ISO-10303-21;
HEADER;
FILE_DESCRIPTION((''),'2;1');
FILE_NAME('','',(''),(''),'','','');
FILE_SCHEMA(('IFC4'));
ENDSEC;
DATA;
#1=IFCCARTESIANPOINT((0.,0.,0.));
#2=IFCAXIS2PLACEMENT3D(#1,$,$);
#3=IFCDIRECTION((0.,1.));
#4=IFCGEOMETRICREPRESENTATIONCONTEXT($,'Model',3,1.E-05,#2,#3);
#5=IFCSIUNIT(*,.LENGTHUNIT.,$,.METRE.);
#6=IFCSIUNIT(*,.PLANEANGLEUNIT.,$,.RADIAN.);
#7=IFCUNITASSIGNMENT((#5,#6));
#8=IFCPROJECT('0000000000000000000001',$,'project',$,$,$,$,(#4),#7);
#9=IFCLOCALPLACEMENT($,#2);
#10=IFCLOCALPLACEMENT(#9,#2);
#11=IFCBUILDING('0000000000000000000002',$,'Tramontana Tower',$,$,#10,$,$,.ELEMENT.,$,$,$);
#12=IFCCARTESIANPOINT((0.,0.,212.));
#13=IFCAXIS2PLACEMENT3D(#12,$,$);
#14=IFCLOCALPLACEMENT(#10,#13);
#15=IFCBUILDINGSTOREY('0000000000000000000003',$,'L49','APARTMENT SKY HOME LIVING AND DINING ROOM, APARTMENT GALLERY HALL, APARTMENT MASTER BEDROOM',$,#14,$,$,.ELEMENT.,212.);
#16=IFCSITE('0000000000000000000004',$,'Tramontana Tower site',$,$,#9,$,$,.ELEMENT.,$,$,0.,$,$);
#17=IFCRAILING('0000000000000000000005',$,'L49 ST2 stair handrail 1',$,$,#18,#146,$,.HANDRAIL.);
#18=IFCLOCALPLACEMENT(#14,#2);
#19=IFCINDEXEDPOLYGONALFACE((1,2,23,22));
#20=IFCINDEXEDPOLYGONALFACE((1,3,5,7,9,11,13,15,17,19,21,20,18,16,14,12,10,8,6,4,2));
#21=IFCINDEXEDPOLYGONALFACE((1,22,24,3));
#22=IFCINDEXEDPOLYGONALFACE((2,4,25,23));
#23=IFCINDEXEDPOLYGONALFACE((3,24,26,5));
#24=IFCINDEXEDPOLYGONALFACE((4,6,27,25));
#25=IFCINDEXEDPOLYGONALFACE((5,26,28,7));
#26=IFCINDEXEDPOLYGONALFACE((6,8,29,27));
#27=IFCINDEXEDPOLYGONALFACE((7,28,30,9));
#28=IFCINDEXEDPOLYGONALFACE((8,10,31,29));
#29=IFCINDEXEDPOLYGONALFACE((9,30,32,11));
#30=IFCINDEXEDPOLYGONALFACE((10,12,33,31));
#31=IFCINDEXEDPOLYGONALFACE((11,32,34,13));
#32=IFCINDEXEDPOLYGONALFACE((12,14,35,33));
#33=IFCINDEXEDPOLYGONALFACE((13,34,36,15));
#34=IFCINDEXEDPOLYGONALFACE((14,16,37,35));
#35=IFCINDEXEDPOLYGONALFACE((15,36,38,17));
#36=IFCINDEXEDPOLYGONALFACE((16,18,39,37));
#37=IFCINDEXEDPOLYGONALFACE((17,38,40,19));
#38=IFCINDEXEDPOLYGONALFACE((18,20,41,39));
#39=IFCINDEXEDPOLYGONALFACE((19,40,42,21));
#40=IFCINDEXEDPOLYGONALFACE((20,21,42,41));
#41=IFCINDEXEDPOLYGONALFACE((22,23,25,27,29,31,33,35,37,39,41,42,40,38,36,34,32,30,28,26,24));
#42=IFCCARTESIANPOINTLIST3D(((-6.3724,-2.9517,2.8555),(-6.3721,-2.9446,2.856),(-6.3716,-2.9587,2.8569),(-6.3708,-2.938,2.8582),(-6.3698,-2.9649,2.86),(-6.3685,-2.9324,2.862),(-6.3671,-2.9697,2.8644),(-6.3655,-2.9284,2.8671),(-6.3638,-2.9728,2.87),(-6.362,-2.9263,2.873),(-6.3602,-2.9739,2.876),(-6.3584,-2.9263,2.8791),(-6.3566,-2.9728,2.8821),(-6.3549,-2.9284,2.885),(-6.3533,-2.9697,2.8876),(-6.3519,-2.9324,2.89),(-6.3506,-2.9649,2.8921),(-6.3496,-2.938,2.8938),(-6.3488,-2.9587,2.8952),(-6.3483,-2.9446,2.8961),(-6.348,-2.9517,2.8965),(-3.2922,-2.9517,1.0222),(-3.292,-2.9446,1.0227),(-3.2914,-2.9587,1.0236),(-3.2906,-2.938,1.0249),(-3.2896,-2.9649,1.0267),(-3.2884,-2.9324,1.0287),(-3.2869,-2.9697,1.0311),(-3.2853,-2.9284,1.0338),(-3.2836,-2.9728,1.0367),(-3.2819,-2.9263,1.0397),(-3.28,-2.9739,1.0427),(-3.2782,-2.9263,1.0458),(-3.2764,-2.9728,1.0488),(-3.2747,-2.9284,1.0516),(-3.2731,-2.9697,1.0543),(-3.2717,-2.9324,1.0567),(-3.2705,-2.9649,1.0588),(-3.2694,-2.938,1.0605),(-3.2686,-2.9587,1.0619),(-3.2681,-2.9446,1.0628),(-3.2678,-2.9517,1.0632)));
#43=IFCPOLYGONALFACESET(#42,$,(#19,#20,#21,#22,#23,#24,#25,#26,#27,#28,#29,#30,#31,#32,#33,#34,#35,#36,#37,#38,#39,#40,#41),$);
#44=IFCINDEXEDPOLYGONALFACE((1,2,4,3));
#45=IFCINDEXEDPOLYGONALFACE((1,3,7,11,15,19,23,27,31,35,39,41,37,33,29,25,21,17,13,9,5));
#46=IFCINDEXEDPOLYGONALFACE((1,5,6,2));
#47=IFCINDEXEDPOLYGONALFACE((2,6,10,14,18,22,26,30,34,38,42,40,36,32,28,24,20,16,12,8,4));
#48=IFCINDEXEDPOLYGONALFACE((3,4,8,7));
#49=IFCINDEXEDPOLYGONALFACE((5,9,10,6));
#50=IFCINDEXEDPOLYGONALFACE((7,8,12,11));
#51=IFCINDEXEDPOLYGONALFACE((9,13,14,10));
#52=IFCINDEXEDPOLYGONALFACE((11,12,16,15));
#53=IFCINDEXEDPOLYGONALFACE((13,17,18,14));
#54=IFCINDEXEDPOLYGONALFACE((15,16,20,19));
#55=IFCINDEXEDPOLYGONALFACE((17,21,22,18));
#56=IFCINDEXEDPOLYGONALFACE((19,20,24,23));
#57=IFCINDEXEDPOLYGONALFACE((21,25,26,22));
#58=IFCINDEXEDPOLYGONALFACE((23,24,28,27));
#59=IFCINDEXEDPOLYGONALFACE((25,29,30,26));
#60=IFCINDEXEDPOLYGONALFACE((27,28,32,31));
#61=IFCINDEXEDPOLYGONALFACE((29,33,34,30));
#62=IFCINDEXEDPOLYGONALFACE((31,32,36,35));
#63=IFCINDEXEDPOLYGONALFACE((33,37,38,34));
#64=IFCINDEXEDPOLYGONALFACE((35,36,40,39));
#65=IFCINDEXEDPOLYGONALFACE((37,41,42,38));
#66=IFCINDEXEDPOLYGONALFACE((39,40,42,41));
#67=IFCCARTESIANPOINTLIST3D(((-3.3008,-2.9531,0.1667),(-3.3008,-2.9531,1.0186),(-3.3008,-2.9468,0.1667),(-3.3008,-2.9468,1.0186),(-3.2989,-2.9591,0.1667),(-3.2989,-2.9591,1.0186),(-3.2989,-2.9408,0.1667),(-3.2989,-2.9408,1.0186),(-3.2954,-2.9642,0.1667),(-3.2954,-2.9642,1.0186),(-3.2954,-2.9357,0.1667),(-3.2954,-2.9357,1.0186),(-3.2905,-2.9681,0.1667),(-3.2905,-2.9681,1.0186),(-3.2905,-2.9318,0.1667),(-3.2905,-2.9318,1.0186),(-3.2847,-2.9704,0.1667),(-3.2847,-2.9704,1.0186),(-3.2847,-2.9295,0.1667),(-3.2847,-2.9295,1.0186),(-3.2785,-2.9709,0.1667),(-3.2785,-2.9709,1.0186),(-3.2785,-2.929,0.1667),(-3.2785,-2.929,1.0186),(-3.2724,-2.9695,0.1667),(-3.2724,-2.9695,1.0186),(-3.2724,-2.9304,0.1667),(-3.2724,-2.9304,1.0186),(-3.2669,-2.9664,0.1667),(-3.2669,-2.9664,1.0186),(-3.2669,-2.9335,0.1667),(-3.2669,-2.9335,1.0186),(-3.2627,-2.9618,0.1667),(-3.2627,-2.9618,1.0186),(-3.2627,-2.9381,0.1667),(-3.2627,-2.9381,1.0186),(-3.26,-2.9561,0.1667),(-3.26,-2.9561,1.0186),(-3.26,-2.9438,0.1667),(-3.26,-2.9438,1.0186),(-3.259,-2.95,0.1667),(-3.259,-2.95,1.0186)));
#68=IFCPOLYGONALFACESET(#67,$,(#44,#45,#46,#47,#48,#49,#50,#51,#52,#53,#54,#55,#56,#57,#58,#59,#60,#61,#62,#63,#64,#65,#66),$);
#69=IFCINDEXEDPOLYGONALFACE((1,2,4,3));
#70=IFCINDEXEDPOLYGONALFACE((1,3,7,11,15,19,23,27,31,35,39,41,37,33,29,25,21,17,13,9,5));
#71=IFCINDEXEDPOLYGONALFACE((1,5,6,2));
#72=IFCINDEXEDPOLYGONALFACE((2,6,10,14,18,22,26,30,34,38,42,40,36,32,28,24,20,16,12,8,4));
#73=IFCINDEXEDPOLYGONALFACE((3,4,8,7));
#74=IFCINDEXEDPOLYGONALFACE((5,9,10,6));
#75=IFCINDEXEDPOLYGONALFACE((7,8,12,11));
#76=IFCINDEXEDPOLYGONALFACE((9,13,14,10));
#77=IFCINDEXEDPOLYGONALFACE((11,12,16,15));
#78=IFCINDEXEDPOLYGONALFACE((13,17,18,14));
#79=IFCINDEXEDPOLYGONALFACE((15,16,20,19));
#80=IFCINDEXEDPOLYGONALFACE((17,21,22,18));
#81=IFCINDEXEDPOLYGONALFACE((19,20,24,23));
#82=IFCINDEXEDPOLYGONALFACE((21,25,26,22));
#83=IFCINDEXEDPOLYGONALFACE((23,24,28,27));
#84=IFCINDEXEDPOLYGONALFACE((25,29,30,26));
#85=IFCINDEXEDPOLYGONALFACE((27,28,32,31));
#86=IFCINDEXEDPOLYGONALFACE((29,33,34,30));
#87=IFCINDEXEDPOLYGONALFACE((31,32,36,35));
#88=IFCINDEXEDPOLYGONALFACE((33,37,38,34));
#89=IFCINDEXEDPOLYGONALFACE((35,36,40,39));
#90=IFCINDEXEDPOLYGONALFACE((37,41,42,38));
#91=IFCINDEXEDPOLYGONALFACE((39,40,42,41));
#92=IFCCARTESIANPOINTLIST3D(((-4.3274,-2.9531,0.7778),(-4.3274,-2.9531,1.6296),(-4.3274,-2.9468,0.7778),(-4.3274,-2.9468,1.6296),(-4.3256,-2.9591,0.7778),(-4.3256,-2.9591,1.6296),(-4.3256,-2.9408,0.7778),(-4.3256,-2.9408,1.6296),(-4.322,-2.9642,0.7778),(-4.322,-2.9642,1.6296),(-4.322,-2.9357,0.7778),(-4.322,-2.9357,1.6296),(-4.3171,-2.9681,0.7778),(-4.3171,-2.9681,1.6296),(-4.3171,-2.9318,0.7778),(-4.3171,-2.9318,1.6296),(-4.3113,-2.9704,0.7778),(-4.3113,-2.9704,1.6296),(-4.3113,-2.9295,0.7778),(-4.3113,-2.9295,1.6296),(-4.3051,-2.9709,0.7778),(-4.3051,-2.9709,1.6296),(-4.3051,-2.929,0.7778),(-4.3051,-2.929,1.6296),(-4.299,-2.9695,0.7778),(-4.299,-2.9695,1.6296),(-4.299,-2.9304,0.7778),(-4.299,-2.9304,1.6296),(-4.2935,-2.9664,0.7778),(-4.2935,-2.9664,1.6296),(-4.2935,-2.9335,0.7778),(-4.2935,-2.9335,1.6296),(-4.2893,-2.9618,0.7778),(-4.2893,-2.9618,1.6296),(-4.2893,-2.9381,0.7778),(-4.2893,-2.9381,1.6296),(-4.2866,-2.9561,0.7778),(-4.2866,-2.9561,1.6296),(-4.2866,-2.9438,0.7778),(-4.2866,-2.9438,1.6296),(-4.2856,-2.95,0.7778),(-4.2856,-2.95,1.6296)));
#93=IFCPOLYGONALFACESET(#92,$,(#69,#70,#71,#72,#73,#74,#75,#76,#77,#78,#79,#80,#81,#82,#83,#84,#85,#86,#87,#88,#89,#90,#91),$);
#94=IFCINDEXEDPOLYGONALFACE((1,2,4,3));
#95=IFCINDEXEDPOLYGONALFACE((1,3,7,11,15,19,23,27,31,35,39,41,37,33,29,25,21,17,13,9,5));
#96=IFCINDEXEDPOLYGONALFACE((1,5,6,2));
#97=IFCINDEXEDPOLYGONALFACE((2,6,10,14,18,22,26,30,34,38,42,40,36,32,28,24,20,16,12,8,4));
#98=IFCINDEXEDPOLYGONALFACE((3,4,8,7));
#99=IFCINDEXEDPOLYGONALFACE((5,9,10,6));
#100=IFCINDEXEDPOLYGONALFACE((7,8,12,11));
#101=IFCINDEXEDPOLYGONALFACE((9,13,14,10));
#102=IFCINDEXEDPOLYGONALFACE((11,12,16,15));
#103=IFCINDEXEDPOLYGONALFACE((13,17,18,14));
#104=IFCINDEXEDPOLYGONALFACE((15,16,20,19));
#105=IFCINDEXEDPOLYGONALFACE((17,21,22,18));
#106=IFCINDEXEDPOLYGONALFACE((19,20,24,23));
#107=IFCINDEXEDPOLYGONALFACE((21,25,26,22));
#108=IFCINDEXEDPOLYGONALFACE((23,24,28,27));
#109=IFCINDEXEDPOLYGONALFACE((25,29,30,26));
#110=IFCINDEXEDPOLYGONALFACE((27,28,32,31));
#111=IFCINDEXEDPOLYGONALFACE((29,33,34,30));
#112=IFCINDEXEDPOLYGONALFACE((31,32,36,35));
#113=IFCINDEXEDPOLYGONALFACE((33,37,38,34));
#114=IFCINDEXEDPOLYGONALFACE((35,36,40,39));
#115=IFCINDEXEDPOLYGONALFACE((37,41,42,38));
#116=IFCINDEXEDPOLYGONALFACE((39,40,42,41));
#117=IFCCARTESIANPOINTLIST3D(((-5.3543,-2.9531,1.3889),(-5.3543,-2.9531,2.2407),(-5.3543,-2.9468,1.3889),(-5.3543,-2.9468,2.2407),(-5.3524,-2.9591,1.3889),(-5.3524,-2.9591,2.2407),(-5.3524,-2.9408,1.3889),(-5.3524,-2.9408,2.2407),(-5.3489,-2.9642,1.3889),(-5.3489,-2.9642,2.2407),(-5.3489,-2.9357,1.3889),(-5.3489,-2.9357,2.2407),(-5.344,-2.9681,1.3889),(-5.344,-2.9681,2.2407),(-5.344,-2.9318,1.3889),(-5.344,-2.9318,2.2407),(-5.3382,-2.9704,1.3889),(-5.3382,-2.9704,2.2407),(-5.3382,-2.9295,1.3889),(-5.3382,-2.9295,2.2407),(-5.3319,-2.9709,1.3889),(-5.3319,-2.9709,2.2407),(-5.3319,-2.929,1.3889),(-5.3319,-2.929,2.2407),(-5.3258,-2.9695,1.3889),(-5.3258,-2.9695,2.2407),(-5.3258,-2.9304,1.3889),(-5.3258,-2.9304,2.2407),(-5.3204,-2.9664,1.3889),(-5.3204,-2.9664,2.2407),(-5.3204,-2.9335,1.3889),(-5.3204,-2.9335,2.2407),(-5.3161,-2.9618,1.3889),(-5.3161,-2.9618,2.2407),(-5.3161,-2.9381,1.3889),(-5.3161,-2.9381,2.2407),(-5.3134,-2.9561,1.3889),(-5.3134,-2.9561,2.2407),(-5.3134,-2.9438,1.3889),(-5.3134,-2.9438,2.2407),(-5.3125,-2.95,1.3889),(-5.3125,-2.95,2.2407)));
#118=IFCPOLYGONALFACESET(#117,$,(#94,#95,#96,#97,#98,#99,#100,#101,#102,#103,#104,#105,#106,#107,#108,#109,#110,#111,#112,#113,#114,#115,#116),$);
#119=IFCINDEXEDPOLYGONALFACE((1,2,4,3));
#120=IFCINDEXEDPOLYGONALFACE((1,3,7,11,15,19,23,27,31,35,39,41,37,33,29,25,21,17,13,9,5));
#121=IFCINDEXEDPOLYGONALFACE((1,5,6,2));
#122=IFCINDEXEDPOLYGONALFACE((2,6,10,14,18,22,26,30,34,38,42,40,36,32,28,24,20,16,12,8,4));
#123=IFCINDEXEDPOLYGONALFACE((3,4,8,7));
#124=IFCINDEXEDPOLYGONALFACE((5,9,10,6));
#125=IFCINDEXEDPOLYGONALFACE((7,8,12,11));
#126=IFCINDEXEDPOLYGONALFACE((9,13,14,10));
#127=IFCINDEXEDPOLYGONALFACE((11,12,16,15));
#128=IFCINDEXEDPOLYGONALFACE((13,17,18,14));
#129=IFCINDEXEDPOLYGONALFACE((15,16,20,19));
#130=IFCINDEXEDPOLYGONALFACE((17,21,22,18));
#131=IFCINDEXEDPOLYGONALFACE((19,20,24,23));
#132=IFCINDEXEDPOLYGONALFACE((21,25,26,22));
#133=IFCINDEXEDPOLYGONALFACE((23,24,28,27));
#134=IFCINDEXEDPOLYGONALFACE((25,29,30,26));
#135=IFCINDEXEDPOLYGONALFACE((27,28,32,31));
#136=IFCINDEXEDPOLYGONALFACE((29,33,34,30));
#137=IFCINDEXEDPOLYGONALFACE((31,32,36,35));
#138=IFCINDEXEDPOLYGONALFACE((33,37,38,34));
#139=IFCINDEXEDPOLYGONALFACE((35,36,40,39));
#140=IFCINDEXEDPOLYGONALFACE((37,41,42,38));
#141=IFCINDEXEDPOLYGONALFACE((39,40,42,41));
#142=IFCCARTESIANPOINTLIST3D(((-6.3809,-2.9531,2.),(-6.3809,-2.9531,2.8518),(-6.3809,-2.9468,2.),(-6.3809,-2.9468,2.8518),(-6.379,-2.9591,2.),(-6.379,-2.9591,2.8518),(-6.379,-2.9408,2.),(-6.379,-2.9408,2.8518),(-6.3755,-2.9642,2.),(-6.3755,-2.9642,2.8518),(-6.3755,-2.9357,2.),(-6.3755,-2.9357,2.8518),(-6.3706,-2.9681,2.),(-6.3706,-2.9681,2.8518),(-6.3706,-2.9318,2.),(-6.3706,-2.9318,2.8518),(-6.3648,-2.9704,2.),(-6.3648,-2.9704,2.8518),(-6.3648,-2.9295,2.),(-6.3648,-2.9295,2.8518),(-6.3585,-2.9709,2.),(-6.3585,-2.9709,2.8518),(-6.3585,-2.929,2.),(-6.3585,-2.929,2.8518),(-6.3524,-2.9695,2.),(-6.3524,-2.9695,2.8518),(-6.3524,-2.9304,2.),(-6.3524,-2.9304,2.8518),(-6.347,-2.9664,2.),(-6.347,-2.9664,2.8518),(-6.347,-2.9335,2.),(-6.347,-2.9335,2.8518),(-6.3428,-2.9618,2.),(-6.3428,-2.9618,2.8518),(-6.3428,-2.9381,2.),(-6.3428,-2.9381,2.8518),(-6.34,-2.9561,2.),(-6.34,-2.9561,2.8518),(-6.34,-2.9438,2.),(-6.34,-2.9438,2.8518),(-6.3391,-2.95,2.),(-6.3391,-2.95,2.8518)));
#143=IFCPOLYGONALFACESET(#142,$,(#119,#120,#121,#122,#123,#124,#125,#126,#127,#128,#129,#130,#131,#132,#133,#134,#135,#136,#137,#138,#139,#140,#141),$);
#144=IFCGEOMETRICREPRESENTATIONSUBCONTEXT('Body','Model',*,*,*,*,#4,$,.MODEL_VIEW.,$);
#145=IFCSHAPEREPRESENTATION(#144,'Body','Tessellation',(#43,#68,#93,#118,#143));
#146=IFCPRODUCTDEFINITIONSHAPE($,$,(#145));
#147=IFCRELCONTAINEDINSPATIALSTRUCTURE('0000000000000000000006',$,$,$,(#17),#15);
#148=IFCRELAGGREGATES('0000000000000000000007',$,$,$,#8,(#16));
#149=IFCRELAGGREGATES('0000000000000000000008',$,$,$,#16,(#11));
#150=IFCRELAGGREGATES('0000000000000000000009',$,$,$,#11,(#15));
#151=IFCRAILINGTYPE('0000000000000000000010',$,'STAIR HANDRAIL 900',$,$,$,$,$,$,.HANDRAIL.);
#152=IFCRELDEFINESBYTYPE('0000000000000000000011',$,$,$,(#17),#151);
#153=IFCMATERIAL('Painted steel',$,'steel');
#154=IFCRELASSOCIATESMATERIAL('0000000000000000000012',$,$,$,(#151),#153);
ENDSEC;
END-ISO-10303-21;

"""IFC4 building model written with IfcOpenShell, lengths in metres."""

from ifc_helpers import new_model, si_unit, direction, frame, origin, origin_2d, place, context, subcontext, project, spatial, circle, extrude, material, type_object, element, save


model = new_model("IFC4")

# Units and contexts
model_context = context("Model", 3, precision=1e-05, world=origin(), true_north=direction((0.0, 1.0)))
body_context = subcontext(model_context, "Body", "Model", "MODEL_VIEW")
ifc_project = project(units=[si_unit("LENGTHUNIT", "METRE"), si_unit("PLANEANGLEUNIT", "RADIAN")], contexts=[model_context])

# Site, building, storey
site_placement = place(None, origin())
site = spatial("IfcSite", under=ifc_project, at=site_placement, Name="Tramontana Tower site", CompositionType="ELEMENT", RefElevation=0.0)
building_placement = place(site_placement, origin())
building = spatial("IfcBuilding", under=site, at=building_placement, Name="Tramontana Tower", CompositionType="ELEMENT")
storey_placement = place(building_placement, frame((0.0, 0.0, 212.0)))
storey = spatial("IfcBuildingStorey", under=building, at=storey_placement, Name="L49", Description="APARTMENT SKY HOME LIVING AND DINING ROOM, APARTMENT GALLERY HALL, APARTMENT MASTER BEDROOM", CompositionType="ELEMENT", Elevation=212.0)

# Railing
ifc_material_1 = material(Name="Painted steel", Category="steel")
railing_type_1 = type_object("IfcRailingType", Name="STAIR HANDRAIL 900", PredefinedType="HANDRAIL", material=ifc_material_1)
railing_1_placement = place(storey_placement, frame((-3.28, -2.95, 0.1667)))
element("IfcRailing", 1, at=railing_1_placement, inside=storey, type_object=railing_type_1, Name="L49 ST2 stair handrail 1", PredefinedType="HANDRAIL", context=body_context, shape_type="SweptSolid", body=[
    extrude(circle(Radius=0.0239, at=origin_2d()), frame((0.0, 0.0, 0.876), z_axis=(-0.859309, 0.0, 0.511458), x_axis=(0.0, -1.0, 0.0)), (0.0, 0.0, 1.0), 3.5845),
    extrude(circle(Radius=0.021, at=origin_2d()), origin(), (0.0, 0.0, 1.0), 0.8518),
    extrude(circle(Radius=0.021, at=origin_2d()), frame((-1.0266, 0.0, 0.6111)), (0.0, 0.0, 1.0), 0.8518),
    extrude(circle(Radius=0.021, at=origin_2d()), frame((-2.0535, 0.0, 1.2222)), (0.0, 0.0, 1.0), 0.8518),
    extrude(circle(Radius=0.021, at=origin_2d()), frame((-3.0801, 0.0, 1.8333)), (0.0, 0.0, 1.0), 0.8518),
])

save(model, "model.ifc")
